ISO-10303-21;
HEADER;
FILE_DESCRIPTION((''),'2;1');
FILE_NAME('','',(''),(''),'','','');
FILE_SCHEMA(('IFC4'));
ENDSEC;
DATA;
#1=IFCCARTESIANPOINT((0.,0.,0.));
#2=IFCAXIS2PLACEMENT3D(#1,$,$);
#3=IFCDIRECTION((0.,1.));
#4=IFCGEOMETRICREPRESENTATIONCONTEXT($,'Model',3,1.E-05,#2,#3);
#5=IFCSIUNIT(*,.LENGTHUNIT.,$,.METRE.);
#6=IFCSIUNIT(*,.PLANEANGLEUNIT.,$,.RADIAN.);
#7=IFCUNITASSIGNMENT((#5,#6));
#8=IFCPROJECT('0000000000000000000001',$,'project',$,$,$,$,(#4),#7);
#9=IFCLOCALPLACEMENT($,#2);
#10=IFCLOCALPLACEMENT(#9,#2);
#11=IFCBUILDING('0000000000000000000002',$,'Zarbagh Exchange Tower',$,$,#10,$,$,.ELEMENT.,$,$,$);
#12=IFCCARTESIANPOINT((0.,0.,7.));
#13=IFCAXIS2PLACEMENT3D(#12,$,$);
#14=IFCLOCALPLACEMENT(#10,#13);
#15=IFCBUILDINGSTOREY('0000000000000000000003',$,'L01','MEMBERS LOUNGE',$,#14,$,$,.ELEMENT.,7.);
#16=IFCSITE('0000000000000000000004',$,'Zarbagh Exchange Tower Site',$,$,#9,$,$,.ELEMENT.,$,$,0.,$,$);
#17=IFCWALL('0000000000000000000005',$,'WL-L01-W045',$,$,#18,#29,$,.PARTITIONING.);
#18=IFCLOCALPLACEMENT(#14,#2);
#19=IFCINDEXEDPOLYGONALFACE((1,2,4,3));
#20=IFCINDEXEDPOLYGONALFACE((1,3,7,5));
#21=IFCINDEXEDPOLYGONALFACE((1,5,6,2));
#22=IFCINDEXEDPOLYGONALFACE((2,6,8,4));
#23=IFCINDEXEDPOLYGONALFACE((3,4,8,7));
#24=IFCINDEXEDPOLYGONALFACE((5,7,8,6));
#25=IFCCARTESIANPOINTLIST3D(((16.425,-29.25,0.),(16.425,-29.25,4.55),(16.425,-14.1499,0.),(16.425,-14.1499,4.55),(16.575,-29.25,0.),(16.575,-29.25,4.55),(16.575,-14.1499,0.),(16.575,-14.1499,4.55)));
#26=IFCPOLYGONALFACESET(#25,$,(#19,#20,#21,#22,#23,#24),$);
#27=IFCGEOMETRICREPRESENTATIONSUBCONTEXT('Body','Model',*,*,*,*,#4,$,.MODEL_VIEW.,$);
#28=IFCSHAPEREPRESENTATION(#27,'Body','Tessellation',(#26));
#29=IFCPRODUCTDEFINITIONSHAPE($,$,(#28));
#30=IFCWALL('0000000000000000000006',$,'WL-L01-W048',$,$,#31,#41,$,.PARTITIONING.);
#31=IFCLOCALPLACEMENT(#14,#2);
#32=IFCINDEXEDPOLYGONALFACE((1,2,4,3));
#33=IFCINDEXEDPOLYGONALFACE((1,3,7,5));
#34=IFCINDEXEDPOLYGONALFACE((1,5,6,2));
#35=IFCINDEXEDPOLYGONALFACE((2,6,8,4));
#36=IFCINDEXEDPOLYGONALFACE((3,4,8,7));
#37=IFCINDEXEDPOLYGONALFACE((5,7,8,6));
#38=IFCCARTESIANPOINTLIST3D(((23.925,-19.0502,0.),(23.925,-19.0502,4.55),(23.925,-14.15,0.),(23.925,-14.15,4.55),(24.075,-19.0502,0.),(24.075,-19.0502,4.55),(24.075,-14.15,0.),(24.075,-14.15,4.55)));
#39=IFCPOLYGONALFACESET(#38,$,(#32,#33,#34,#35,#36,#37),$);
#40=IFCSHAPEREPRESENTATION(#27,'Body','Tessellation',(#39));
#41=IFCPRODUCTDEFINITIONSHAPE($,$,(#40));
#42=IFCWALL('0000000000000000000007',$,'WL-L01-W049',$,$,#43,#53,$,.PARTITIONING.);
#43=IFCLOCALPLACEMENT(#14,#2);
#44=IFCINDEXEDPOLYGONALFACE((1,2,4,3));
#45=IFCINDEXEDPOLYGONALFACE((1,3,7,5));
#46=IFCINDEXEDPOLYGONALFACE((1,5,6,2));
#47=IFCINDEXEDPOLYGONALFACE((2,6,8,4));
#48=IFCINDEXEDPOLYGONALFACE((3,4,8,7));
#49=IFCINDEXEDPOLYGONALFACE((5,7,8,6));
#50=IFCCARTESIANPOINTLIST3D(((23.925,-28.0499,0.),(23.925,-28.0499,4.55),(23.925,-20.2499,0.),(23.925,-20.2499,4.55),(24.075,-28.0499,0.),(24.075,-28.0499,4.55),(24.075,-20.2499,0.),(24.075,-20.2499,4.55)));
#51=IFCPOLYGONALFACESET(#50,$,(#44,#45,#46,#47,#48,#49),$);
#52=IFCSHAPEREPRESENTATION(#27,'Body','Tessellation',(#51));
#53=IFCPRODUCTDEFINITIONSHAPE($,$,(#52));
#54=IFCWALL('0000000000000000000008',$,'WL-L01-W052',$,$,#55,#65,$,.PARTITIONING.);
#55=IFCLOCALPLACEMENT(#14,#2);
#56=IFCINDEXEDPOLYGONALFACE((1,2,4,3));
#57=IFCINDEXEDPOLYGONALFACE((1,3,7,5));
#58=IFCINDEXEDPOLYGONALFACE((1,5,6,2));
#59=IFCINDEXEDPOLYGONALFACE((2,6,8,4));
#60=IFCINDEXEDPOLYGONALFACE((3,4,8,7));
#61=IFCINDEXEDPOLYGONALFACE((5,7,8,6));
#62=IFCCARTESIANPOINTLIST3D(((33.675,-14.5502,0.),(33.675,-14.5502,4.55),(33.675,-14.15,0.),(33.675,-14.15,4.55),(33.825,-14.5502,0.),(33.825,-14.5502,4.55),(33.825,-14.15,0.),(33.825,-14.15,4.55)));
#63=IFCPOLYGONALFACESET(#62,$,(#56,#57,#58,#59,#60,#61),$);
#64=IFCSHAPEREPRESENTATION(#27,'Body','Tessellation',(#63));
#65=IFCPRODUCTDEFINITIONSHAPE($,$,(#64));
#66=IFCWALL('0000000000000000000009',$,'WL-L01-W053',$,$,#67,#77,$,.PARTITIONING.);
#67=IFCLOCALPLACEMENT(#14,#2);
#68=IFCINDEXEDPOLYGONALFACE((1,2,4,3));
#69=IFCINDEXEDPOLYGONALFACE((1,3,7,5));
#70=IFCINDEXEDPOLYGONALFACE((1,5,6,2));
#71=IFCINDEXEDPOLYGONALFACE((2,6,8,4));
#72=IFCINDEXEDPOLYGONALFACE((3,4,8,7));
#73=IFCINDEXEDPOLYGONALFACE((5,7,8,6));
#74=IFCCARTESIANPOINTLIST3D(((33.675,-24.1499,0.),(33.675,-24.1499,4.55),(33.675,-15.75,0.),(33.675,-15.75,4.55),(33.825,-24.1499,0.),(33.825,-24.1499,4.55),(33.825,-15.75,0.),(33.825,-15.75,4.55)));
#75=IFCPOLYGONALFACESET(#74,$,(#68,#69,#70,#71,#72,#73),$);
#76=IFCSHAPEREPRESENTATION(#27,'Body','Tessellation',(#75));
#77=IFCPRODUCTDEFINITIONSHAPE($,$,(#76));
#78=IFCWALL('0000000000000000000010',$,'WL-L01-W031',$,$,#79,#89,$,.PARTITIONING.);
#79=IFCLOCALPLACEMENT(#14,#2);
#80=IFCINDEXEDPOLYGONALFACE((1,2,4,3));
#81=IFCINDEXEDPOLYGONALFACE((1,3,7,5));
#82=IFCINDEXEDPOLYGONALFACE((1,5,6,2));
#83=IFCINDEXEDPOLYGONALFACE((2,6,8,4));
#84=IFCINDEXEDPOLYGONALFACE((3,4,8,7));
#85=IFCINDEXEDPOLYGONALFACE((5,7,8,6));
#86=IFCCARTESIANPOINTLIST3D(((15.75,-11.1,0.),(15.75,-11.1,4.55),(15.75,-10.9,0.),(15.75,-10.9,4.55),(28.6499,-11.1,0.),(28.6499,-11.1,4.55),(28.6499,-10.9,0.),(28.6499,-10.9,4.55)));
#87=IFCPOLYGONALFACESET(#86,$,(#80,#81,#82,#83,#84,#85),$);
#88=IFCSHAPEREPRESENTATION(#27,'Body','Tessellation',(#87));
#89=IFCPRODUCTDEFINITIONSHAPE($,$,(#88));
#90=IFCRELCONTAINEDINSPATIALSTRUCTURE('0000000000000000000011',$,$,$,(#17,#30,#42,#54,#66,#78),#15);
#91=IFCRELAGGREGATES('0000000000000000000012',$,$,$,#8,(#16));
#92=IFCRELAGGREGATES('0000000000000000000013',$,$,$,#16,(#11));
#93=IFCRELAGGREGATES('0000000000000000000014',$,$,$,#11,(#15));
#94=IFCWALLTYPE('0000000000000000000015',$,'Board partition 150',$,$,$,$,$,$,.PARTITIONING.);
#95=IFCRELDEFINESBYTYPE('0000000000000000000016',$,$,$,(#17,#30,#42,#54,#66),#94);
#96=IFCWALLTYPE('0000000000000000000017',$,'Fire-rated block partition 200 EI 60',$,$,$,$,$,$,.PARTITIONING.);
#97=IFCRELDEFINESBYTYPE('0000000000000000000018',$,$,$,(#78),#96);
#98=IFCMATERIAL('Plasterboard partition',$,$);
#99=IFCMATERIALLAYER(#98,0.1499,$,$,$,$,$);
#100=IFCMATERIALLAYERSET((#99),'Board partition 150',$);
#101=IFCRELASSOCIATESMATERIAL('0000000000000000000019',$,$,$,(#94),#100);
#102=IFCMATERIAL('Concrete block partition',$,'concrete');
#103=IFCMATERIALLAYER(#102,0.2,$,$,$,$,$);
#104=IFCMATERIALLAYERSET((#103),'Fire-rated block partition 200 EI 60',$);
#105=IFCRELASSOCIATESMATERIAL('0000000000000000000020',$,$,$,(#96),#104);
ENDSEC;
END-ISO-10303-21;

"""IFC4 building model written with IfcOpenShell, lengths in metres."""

from ifc_helpers import new_model, si_unit, direction, frame, frame_2d, origin, place, context, subcontext, project, spatial, rectangle, extrude, material, layer, layer_set, type_object, element, save


model = new_model("IFC4")

# Units and contexts
model_context = context("Model", 3, precision=1e-05, world=origin(), true_north=direction((0.0, 1.0)))
body_context = subcontext(model_context, "Body", "Model", "MODEL_VIEW")
ifc_project = project(units=[si_unit("LENGTHUNIT", "METRE"), si_unit("PLANEANGLEUNIT", "RADIAN")], contexts=[model_context])

# Site, building, storey
site_placement = place(None, origin())
site = spatial("IfcSite", under=ifc_project, at=site_placement, Name="Zarbagh Exchange Tower Site", CompositionType="ELEMENT", RefElevation=0.0)
building_placement = place(site_placement, origin())
building = spatial("IfcBuilding", under=site, at=building_placement, Name="Zarbagh Exchange Tower", CompositionType="ELEMENT")
storey_placement = place(building_placement, frame((0.0, 0.0, 7.0)))
storey = spatial("IfcBuildingStorey", under=building, at=storey_placement, Name="L01", Description="MEMBERS LOUNGE", CompositionType="ELEMENT", Elevation=7.0)

# Shared definitions
ifc_material_1 = material(Name="Plasterboard partition")
ifc_layer_1 = layer(ifc_material_1, 0.1499)
ifc_layer_set_1 = layer_set([ifc_layer_1], Name="Board partition 150")
wall_type_1 = type_object("IfcWallType", Name="Board partition 150", PredefinedType="PARTITIONING", material=ifc_layer_set_1)

# Walls
wall_1_placement = place(storey_placement, frame((16.5, -14.1499, 0.0), z_axis=(0.0, 0.0, 1.0), x_axis=(0.0, -1.0, 0.0)))
element("IfcWall", 1, at=wall_1_placement, inside=storey, type_object=wall_type_1, Name="WL-L01-W045", PredefinedType="PARTITIONING", context=body_context, shape_type="SweptSolid", body=[
    extrude(rectangle(XDim=15.1001, YDim=0.1499, at=frame_2d((7.55, 0.0))), origin(), (0.0, 0.0, 1.0), 4.55),
])
wall_2_placement = place(storey_placement, frame((24.0, -14.1499, 0.0), z_axis=(0.0, 0.0, 1.0), x_axis=(0.0, -1.0, 0.0)))
element("IfcWall", 2, at=wall_2_placement, inside=storey, type_object=wall_type_1, Name="WL-L01-W048", PredefinedType="PARTITIONING", context=body_context, shape_type="SweptSolid", body=[
    extrude(rectangle(XDim=4.9001, YDim=0.1499, at=frame_2d((2.4502, 0.0))), origin(), (0.0, 0.0, 1.0), 4.55),
])
wall_3_placement = place(storey_placement, frame((24.0, -20.25, 0.0), z_axis=(0.0, 0.0, 1.0), x_axis=(0.0, -1.0, 0.0)))
element("IfcWall", 3, at=wall_3_placement, inside=storey, type_object=wall_type_1, Name="WL-L01-W049", PredefinedType="PARTITIONING", context=body_context, shape_type="SweptSolid", body=[
    extrude(rectangle(XDim=7.8, YDim=0.1499, at=frame_2d((3.8999, 0.0))), origin(), (0.0, 0.0, 1.0), 4.55),
])
wall_4_placement = place(storey_placement, frame((33.75, -14.1499, 0.0), z_axis=(0.0, 0.0, 1.0), x_axis=(0.0, -1.0, 0.0)))
element("IfcWall", 4, at=wall_4_placement, inside=storey, type_object=wall_type_1, Name="WL-L01-W052", PredefinedType="PARTITIONING", context=body_context, shape_type="SweptSolid", body=[
    extrude(rectangle(XDim=0.4001, YDim=0.1499, at=frame_2d((0.2002, 0.0))), origin(), (0.0, 0.0, 1.0), 4.55),
])
wall_5_placement = place(storey_placement, frame((33.75, -15.75, 0.0), z_axis=(0.0, 0.0, 1.0), x_axis=(0.0, -1.0, 0.0)))
element("IfcWall", 5, at=wall_5_placement, inside=storey, type_object=wall_type_1, Name="WL-L01-W053", PredefinedType="PARTITIONING", context=body_context, shape_type="SweptSolid", body=[
    extrude(rectangle(XDim=8.3999, YDim=0.1499, at=frame_2d((4.2, 0.0))), origin(), (0.0, 0.0, 1.0), 4.55),
])
ifc_material_2 = material(Name="Concrete block partition", Category="concrete")
ifc_layer_2 = layer(ifc_material_2, 0.2)
ifc_layer_set_2 = layer_set([ifc_layer_2], Name="Fire-rated block partition 200 EI 60")
wall_type_2 = type_object("IfcWallType", Name="Fire-rated block partition 200 EI 60", PredefinedType="PARTITIONING", material=ifc_layer_set_2)
wall_6_placement = place(storey_placement, frame((15.75, -11.0, 0.0), z_axis=(0.0, 0.0, 1.0), x_axis=(1.0, 0.0, 0.0)))
element("IfcWall", 6, at=wall_6_placement, inside=storey, type_object=wall_type_2, Name="WL-L01-W031", PredefinedType="PARTITIONING", context=body_context, shape_type="SweptSolid", body=[
    extrude(rectangle(XDim=12.8999, YDim=0.2, at=frame_2d((6.45, 0.0))), origin(), (0.0, 0.0, 1.0), 4.55),
])

save(model, "model.ifc")
